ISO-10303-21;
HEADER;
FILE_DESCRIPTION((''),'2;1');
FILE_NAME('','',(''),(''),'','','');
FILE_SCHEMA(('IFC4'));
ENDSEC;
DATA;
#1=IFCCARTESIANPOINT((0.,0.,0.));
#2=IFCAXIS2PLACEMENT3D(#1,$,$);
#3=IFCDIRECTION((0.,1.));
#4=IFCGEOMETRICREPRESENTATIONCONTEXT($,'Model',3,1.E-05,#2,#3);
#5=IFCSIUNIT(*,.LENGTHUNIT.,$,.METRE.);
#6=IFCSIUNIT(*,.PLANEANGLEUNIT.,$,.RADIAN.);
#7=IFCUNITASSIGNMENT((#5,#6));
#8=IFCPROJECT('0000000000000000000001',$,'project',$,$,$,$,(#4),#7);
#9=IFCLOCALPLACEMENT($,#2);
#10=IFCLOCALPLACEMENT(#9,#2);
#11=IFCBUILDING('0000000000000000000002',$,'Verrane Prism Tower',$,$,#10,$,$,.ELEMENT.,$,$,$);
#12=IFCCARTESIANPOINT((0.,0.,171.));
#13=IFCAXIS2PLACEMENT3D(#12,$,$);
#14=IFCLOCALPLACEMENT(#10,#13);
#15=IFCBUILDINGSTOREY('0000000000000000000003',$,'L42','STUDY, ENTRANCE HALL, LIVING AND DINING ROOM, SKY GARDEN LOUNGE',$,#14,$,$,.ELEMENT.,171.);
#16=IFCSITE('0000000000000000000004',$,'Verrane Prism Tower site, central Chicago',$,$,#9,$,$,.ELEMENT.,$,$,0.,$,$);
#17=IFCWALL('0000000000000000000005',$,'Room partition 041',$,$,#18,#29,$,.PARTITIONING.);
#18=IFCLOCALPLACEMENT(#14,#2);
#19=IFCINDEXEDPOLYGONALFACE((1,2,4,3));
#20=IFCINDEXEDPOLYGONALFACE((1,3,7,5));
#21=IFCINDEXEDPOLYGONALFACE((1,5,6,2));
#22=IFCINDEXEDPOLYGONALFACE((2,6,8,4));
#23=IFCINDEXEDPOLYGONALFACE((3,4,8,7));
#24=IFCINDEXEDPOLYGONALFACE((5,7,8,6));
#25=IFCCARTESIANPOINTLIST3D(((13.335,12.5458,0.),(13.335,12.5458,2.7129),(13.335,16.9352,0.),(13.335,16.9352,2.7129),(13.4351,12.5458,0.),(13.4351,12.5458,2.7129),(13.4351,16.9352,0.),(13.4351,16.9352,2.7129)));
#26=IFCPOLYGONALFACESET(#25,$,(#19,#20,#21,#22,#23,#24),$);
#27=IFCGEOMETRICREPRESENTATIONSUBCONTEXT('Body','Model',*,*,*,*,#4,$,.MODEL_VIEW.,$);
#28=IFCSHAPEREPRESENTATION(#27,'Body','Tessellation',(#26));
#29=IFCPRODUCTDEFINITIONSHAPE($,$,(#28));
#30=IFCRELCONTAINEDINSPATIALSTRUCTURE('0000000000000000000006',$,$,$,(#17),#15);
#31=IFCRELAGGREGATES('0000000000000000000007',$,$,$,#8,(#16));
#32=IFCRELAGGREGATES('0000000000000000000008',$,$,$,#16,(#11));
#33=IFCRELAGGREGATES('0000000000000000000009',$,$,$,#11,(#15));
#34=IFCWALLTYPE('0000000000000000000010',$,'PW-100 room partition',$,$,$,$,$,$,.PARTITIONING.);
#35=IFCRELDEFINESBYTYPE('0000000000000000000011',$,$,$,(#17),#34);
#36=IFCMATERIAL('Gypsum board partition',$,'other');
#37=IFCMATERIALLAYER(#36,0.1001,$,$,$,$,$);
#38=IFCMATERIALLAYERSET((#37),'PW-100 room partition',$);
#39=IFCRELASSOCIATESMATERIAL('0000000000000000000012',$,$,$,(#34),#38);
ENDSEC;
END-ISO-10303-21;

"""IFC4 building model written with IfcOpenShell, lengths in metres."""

from ifc_helpers import new_model, si_unit, direction, frame, frame_2d, origin, place, context, subcontext, project, spatial, rectangle, extrude, material, layer, layer_set, type_object, element, save


model = new_model("IFC4")

# Units and contexts
model_context = context("Model", 3, precision=1e-05, world=origin(), true_north=direction((0.0, 1.0)))
body_context = subcontext(model_context, "Body", "Model", "MODEL_VIEW")
ifc_project = project(units=[si_unit("LENGTHUNIT", "METRE"), si_unit("PLANEANGLEUNIT", "RADIAN")], contexts=[model_context])

# Site, building, storey
site_placement = place(None, origin())
site = spatial("IfcSite", under=ifc_project, at=site_placement, Name="Verrane Prism Tower site, central Chicago", CompositionType="ELEMENT", RefElevation=0.0)
building_placement = place(site_placement, origin())
building = spatial("IfcBuilding", under=site, at=building_placement, Name="Verrane Prism Tower", CompositionType="ELEMENT")
storey_placement = place(building_placement, frame((0.0, 0.0, 171.0)))
storey = spatial("IfcBuildingStorey", under=building, at=storey_placement, Name="L42", Description="STUDY, ENTRANCE HALL, LIVING AND DINING ROOM, SKY GARDEN LOUNGE", CompositionType="ELEMENT", Elevation=171.0)

# Wall
ifc_material_1 = material(Name="Gypsum board partition", Category="other")
ifc_layer_1 = layer(ifc_material_1, 0.1001)
ifc_layer_set_1 = layer_set([ifc_layer_1], Name="PW-100 room partition")
wall_type = type_object("IfcWallType", Name="PW-100 room partition", PredefinedType="PARTITIONING", material=ifc_layer_set_1)
wall_placement = place(storey_placement, frame((13.385, 12.5457, 0.0), z_axis=(0.0, 0.0, 1.0), x_axis=(0.0, 1.0, 0.0)))
element("IfcWall", 1, at=wall_placement, inside=storey, type_object=wall_type, Name="Room partition 041", PredefinedType="PARTITIONING", context=body_context, shape_type="SweptSolid", body=[
    extrude(rectangle(XDim=4.3894, YDim=0.1001, at=frame_2d((2.1948, 0.0))), origin(), (0.0, 0.0, 1.0), 2.7129),
])

save(model, "model.ifc")
